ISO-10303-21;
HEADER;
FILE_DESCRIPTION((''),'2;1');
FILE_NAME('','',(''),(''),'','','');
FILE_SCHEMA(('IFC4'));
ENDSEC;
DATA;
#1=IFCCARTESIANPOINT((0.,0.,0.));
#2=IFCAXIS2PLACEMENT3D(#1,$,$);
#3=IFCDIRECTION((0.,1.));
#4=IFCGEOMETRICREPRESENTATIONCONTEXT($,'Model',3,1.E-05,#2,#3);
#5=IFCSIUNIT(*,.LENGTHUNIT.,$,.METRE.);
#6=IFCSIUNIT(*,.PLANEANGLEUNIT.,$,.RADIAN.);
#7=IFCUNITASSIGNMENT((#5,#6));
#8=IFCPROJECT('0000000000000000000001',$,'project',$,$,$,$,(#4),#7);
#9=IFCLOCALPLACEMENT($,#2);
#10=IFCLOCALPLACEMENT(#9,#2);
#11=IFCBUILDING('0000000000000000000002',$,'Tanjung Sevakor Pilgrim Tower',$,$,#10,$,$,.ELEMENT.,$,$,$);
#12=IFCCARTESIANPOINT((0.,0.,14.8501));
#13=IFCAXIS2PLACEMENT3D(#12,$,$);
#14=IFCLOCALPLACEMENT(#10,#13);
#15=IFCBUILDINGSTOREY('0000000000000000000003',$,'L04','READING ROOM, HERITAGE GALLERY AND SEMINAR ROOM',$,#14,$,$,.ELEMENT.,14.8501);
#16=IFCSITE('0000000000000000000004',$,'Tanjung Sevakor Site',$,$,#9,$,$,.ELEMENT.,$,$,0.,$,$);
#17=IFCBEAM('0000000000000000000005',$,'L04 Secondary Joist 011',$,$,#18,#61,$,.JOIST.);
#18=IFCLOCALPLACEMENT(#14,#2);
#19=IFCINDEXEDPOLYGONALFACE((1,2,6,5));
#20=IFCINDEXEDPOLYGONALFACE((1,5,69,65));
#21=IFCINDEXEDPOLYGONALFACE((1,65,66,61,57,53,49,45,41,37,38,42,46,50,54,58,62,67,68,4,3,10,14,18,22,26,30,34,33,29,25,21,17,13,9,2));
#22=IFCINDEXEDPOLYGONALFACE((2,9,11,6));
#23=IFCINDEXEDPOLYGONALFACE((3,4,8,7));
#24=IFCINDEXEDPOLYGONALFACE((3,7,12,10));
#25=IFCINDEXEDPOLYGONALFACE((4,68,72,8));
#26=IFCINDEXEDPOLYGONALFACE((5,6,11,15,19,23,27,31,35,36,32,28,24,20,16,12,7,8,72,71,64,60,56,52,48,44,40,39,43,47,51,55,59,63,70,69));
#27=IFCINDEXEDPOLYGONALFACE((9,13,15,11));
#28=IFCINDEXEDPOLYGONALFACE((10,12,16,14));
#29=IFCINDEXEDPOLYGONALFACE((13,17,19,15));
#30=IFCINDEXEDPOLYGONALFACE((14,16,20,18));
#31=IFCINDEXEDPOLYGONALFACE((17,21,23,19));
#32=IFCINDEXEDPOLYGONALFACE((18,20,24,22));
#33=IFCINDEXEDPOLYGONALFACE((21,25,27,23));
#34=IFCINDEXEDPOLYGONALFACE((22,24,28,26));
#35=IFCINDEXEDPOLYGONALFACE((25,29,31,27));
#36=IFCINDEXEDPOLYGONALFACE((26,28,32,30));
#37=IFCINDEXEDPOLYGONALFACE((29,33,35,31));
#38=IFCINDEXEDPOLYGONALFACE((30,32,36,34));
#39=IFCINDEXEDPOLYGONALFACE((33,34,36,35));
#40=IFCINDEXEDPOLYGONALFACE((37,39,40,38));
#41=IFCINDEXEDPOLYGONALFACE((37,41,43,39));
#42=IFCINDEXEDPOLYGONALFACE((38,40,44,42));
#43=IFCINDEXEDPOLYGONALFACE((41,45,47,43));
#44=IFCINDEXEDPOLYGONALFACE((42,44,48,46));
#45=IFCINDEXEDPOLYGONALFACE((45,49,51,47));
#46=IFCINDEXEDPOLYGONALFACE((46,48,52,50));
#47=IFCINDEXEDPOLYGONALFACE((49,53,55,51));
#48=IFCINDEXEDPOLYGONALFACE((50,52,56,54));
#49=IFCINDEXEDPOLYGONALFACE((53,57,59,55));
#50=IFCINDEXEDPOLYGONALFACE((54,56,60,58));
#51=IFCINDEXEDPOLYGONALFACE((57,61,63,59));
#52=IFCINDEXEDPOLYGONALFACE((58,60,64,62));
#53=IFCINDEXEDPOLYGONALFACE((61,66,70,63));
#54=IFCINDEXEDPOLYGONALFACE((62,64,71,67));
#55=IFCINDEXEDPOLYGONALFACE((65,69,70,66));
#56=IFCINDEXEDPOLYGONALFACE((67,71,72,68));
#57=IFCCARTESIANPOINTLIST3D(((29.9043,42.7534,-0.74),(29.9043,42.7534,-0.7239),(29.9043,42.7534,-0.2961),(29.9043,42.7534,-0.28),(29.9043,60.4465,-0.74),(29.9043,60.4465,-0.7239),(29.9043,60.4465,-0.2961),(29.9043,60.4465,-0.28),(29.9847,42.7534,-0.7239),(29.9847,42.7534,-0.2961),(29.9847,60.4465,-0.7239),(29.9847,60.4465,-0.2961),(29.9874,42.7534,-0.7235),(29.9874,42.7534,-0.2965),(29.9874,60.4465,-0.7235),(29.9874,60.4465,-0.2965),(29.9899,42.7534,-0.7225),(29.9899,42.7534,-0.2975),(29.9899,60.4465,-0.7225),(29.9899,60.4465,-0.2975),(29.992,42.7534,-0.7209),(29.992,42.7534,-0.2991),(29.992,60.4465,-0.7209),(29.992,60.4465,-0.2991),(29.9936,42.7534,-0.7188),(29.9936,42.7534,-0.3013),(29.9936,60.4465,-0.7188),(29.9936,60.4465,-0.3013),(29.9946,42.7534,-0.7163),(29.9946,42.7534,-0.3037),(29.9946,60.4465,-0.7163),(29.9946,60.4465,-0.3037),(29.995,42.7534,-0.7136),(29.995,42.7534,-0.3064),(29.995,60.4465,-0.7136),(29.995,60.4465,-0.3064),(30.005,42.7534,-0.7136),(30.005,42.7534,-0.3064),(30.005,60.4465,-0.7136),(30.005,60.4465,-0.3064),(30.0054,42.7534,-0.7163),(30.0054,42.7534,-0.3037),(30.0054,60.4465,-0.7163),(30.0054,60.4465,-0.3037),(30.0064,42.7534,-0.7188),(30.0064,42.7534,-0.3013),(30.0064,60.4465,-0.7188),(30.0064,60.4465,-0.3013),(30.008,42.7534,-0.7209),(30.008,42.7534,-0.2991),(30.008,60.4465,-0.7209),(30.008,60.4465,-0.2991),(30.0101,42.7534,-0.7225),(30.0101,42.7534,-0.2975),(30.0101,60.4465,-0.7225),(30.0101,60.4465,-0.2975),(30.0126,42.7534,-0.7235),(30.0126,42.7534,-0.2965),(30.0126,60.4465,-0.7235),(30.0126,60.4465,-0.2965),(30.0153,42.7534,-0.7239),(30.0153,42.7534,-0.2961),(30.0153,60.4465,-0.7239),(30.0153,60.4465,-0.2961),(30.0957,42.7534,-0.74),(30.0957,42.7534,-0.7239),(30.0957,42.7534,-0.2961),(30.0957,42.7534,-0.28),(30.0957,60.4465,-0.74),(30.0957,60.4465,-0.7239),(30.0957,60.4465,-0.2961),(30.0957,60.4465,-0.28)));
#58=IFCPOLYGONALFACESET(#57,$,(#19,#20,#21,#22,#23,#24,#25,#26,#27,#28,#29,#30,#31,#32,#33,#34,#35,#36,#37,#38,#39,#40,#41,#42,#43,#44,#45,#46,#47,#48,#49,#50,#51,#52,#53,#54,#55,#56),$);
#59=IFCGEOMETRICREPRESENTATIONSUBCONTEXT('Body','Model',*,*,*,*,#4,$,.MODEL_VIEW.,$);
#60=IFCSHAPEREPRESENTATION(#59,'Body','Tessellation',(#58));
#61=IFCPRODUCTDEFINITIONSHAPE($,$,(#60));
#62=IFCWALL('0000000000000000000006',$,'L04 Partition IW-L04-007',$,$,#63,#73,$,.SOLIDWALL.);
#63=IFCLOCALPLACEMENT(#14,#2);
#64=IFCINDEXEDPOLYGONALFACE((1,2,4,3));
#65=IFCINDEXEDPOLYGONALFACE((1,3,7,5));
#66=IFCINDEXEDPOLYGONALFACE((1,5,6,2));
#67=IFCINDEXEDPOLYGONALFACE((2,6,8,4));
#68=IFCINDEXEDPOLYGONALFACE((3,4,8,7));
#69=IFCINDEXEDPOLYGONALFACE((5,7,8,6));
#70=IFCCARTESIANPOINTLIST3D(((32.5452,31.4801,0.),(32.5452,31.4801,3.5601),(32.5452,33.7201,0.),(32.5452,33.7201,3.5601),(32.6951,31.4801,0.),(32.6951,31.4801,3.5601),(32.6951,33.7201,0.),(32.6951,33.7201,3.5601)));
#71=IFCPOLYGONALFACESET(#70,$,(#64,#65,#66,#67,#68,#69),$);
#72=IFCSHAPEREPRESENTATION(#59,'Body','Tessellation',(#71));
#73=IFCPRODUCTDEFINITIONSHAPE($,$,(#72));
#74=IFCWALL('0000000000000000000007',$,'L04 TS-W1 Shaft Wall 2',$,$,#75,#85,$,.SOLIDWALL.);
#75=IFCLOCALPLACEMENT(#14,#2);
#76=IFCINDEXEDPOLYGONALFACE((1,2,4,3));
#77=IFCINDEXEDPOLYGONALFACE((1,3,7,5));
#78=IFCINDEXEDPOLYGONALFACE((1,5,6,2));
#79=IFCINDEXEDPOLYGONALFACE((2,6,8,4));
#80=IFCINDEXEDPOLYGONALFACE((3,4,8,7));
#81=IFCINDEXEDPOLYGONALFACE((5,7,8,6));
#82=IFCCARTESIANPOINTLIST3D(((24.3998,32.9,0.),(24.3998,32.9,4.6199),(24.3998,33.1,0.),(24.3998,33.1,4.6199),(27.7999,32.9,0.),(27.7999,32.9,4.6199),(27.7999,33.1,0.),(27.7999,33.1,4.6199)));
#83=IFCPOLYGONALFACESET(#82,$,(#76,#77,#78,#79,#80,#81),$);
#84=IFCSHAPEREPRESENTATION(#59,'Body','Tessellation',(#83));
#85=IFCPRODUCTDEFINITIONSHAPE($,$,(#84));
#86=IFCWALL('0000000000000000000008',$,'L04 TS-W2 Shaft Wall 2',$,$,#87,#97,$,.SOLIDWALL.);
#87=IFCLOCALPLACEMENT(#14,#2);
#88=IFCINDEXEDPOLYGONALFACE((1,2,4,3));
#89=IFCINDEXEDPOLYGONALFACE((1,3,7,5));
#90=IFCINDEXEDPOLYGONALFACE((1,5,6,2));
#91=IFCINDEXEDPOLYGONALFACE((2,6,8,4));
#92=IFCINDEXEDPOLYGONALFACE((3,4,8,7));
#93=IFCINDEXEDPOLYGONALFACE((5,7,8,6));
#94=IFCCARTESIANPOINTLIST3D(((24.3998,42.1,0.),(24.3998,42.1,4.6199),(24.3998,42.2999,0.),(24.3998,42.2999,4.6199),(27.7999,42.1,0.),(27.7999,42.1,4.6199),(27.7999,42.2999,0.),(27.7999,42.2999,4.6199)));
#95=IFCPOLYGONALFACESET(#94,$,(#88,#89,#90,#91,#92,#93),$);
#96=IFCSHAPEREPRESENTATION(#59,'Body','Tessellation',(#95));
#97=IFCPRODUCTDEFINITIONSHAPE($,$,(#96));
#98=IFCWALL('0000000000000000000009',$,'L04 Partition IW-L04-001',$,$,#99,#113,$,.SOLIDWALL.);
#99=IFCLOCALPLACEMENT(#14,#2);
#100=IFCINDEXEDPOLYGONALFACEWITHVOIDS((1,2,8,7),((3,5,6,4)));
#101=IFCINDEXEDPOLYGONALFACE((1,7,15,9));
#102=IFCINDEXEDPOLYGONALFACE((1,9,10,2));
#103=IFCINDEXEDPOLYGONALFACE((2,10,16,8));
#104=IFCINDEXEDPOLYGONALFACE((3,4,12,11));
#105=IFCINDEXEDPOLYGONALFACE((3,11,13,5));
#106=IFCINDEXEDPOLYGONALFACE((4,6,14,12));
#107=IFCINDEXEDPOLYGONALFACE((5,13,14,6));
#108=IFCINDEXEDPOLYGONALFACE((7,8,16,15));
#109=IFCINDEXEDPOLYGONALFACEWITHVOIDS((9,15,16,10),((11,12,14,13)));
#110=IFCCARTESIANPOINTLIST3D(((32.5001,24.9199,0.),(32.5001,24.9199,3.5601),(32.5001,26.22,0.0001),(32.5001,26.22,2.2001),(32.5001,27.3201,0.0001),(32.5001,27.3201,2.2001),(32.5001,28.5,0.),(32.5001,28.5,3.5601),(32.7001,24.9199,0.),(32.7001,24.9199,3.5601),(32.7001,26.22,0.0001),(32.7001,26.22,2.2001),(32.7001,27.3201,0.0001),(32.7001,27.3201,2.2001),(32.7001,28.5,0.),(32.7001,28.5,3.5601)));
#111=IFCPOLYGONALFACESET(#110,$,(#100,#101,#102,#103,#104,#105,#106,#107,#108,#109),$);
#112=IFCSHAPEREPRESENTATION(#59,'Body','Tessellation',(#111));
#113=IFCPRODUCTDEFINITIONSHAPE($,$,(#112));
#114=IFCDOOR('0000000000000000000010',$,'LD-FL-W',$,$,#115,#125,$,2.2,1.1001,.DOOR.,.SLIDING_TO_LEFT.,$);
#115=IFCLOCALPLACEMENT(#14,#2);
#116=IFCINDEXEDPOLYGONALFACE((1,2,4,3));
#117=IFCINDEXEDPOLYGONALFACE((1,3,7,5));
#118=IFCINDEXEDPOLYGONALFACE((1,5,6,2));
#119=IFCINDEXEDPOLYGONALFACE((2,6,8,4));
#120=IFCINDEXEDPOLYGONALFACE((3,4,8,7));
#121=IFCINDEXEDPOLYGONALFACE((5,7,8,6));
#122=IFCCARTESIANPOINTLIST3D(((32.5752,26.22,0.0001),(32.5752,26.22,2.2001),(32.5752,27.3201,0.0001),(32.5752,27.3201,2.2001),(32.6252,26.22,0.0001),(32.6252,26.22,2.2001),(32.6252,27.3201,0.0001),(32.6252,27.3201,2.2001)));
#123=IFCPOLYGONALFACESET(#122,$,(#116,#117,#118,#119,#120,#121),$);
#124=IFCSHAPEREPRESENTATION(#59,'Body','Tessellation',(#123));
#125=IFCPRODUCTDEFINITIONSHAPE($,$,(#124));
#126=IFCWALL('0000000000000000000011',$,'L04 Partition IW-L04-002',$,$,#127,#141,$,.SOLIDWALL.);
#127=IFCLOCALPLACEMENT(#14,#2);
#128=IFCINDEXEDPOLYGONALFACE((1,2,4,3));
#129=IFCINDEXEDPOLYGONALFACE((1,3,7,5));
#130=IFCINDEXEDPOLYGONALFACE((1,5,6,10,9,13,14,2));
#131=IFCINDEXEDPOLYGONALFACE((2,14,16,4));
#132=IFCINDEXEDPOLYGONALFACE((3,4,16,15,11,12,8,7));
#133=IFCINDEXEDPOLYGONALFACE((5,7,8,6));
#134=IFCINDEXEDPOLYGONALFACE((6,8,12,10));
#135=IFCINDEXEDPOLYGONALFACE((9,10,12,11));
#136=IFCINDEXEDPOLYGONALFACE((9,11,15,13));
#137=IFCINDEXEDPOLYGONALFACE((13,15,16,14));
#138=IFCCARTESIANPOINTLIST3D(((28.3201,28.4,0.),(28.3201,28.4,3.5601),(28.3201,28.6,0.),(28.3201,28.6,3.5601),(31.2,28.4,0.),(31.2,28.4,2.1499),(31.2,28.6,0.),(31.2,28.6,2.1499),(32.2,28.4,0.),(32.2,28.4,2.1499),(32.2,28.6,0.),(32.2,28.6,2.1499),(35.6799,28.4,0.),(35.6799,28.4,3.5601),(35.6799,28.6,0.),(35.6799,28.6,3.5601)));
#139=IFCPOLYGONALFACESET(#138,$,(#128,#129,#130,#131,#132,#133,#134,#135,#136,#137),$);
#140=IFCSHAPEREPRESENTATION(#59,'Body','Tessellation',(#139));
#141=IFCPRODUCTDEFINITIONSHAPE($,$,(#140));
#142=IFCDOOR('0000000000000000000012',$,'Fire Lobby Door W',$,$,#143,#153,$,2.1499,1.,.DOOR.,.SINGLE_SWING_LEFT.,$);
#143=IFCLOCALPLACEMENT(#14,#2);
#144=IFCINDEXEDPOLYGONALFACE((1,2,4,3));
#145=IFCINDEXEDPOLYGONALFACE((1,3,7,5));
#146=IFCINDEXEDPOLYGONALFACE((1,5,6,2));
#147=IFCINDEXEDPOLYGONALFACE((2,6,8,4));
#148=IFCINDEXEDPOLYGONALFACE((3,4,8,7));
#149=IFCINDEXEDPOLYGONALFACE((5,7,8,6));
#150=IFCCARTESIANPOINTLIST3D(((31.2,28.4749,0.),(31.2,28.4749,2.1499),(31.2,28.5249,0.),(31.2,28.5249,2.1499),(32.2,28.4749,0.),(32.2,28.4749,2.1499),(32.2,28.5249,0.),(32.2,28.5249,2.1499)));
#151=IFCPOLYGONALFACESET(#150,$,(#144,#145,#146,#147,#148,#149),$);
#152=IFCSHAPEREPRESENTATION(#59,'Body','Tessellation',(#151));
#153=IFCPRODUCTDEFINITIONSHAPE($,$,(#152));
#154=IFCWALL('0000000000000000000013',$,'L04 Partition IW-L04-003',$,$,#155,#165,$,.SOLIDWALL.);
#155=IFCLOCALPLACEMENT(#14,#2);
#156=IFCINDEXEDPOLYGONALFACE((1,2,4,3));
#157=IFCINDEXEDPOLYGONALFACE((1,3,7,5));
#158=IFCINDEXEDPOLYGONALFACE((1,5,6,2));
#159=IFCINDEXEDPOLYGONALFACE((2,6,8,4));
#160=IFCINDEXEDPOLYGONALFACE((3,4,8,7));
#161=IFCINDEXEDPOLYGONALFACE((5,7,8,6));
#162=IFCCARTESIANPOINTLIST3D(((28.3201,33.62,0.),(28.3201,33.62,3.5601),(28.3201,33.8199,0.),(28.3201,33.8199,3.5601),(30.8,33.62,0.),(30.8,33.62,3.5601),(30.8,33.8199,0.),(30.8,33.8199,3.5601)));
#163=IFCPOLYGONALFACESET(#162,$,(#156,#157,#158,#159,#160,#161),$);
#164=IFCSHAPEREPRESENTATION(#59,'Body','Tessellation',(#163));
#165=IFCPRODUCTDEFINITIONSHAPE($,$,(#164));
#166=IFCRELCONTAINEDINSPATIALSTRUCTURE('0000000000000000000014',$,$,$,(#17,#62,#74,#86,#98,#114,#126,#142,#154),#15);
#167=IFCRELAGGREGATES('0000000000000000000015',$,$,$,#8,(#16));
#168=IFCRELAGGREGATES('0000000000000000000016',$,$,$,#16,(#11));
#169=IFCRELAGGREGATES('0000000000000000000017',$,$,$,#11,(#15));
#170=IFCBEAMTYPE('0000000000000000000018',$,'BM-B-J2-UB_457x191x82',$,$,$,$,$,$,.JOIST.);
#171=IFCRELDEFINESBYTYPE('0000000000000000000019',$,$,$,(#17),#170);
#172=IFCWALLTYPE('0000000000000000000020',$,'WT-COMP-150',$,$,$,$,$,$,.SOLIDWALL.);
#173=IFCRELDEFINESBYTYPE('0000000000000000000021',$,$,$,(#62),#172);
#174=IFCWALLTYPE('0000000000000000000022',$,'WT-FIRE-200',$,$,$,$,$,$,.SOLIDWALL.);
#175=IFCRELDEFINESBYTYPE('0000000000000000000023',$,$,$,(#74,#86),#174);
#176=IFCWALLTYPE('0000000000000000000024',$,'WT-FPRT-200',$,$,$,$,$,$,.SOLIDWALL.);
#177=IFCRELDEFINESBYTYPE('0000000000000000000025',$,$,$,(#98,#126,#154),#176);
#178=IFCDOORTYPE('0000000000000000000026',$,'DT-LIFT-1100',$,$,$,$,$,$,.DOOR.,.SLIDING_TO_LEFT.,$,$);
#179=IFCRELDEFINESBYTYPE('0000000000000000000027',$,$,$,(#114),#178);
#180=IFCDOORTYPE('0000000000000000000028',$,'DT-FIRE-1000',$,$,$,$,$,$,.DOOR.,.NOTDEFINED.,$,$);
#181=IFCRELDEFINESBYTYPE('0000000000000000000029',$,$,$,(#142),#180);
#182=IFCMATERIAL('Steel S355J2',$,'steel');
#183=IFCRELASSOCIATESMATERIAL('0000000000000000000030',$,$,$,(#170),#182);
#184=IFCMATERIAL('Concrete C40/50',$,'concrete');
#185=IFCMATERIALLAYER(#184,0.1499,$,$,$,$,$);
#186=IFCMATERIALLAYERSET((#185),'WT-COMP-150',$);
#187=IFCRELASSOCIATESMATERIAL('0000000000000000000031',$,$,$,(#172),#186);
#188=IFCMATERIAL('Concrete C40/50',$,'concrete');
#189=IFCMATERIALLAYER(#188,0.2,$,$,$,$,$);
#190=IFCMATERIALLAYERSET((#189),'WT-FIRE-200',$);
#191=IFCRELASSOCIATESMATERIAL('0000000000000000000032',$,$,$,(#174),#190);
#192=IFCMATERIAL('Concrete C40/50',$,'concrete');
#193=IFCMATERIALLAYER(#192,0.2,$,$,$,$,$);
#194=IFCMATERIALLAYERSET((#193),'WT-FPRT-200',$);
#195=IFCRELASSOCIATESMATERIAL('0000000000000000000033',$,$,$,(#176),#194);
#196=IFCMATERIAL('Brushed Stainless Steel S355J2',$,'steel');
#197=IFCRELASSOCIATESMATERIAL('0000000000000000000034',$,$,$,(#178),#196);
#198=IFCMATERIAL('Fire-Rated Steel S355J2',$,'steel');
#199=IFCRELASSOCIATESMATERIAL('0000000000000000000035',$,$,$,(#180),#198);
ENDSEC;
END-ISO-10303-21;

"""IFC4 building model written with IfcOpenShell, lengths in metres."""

from ifc_helpers import new_model, si_unit, direction, frame, frame_2d, origin, origin_2d, place, context, subcontext, project, spatial, rectangle, i_section, extrude, material, layer, layer_set, material_profile, profile_set, type_object, element, fill, save


model = new_model("IFC4")

# Units and contexts
model_context = context("Model", 3, precision=1e-05, world=origin(), true_north=direction((0.0, 1.0)))
body_context = subcontext(model_context, "Body", "Model", "MODEL_VIEW")
ifc_project = project(units=[si_unit("LENGTHUNIT", "METRE"), si_unit("PLANEANGLEUNIT", "RADIAN")], contexts=[model_context])

# Site, building, storey
site_placement = place(None, origin())
site = spatial("IfcSite", under=ifc_project, at=site_placement, Name="Tanjung Sevakor Site", CompositionType="ELEMENT", RefElevation=0.0)
building_placement = place(site_placement, origin())
building = spatial("IfcBuilding", under=site, at=building_placement, Name="Tanjung Sevakor Pilgrim Tower", CompositionType="ELEMENT")
storey_placement = place(building_placement, frame((0.0, 0.0, 14.8501)))
storey = spatial("IfcBuildingStorey", under=building, at=storey_placement, Name="L04", Description="READING ROOM, HERITAGE GALLERY AND SEMINAR ROOM", CompositionType="ELEMENT", Elevation=14.8501)

# Beam
ifc_material_1 = material(Name="Steel S355J2", Category="steel")
ifc_material_profile = material_profile(ifc_material_1, i_section(OverallWidth=0.1914, OverallDepth=0.46, WebThickness=0.01, FlangeThickness=0.0161, FilletRadius=0.0103, at=origin_2d()))
ifc_profile_set = profile_set([ifc_material_profile], Name="Steel S355J2")
beam_type = type_object("IfcBeamType", Name="BM-B-J2-UB_457x191x82", PredefinedType="JOIST", material=ifc_profile_set)
beam_placement = place(storey_placement, frame((30.0, 42.7534, -0.51), z_axis=(0.0, 1.0, 0.0), x_axis=(-1.0, 0.0, 0.0)))
element("IfcBeam", 1, at=beam_placement, inside=storey, type_object=beam_type, Name="L04 Secondary Joist 011", PredefinedType="JOIST", context=body_context, shape_type="SweptSolid", body=[
    extrude(i_section(OverallWidth=0.1914, OverallDepth=0.46, WebThickness=0.01, FlangeThickness=0.0161, FilletRadius=0.0103, at=origin_2d()), origin(), (0.0, 0.0, 1.0), 17.6931),
])

# Walls
ifc_material_2 = material(Name="Concrete C40/50", Category="concrete")
ifc_layer_1 = layer(ifc_material_2, 0.1499)
ifc_layer_set_1 = layer_set([ifc_layer_1], Name="WT-COMP-150")
wall_type_1 = type_object("IfcWallType", Name="WT-COMP-150", PredefinedType="SOLIDWALL", material=ifc_layer_set_1)
wall_1_placement = place(storey_placement, frame((32.6201, 31.48, 0.0), z_axis=(0.0, 0.0, 1.0), x_axis=(0.0, 1.0, 0.0)))
element("IfcWall", 2, at=wall_1_placement, inside=storey, type_object=wall_type_1, Name="L04 Partition IW-L04-007", PredefinedType="SOLIDWALL", context=body_context, shape_type="SweptSolid", body=[
    extrude(rectangle(XDim=2.24, YDim=0.1499, at=frame_2d((1.1201, 0.0))), origin(), (0.0, 0.0, 1.0), 3.5601),
])
ifc_material_3 = material(Name="Concrete C40/50", Category="concrete")
ifc_layer_2 = layer(ifc_material_3, 0.2)
ifc_layer_set_2 = layer_set([ifc_layer_2], Name="WT-FIRE-200")
wall_type_2 = type_object("IfcWallType", Name="WT-FIRE-200", PredefinedType="SOLIDWALL", material=ifc_layer_set_2)
for number, where, z_axis, x_axis, name in (
    (3, (27.8, 33.0, 0.0), (0.0, 0.0, 1.0), (-1.0, 0.0, 0.0), "L04 TS-W1 Shaft Wall 2"),
    (4, (27.8, 42.2, 0.0), (0.0, 0.0, 1.0), (-1.0, 0.0, 0.0), "L04 TS-W2 Shaft Wall 2"),
):
    element("IfcWall", number, at=place(storey_placement, frame(where, z_axis=z_axis, x_axis=x_axis)), inside=storey, type_object=wall_type_2, Name=name, PredefinedType="SOLIDWALL", context=body_context, shape_type="SweptSolid", body=[
        extrude(rectangle(XDim=3.4001, YDim=0.2, at=frame_2d((1.7002, 0.0))), origin(), (0.0, 0.0, 1.0), 4.6199),
    ])

# Walls, openings, doors
ifc_material_4 = material(Name="Concrete C40/50", Category="concrete")
ifc_layer_3 = layer(ifc_material_4, 0.2)
ifc_layer_set_3 = layer_set([ifc_layer_3], Name="WT-FPRT-200")
wall_type_3 = type_object("IfcWallType", Name="WT-FPRT-200", PredefinedType="SOLIDWALL", material=ifc_layer_set_3)
wall_2_placement = place(storey_placement, frame((32.6001, 24.9199, 0.0), z_axis=(0.0, 0.0, 1.0), x_axis=(0.0, 1.0, 0.0)))
wall_2 = element("IfcWall", 5, at=wall_2_placement, inside=storey, type_object=wall_type_3, Name="L04 Partition IW-L04-001", PredefinedType="SOLIDWALL", context=body_context, shape_type="SweptSolid", body=[
    extrude(rectangle(XDim=3.5801, YDim=0.2, at=frame_2d((1.79, 0.0))), origin(), (0.0, 0.0, 1.0), 3.5601),
])
opening_1_placement = place(wall_2_placement, frame((1.3, 0.0, 0.0)))
opening_1 = element("IfcOpeningElement", 6, at=opening_1_placement, cuts=wall_2, PredefinedType="OPENING", context=body_context, shape_type="SweptSolid", body=[
    extrude(rectangle(XDim=1.1001, YDim=2.2, at=frame_2d((0.55, 1.1001))), frame((0.0, 0.1099, 0.0), z_axis=(0.0, -1.0, 0.0), x_axis=(1.0, 0.0, 0.0)), (0.0, 0.0, 1.0), 0.22),
])
ifc_material_5 = material(Name="Brushed Stainless Steel S355J2", Category="steel")
door_type_1 = type_object("IfcDoorType", Name="DT-LIFT-1100", OperationType="SLIDING_TO_LEFT", PredefinedType="DOOR", material=ifc_material_5)
door_1_placement = place(opening_1_placement, origin())
door_1 = element("IfcDoor", 7, at=door_1_placement, inside=storey, type_object=door_type_1, Name="LD-FL-W", OperationType="SLIDING_TO_LEFT", OverallHeight=2.2, OverallWidth=1.1001, PredefinedType="DOOR", context=body_context, shape_type="SweptSolid", body=[
    extrude(rectangle(XDim=1.1001, YDim=2.2, at=frame_2d((0.55, 1.1001))), frame((0.0, 0.0249, 0.0), z_axis=(0.0, -1.0, 0.0), x_axis=(1.0, 0.0, 0.0)), (0.0, 0.0, 1.0), 0.05),
])
fill(opening_1, door_1)
wall_3_placement = place(storey_placement, frame((28.3201, 28.5, 0.0), z_axis=(0.0, 0.0, 1.0), x_axis=(1.0, 0.0, 0.0)))
wall_3 = element("IfcWall", 8, at=wall_3_placement, inside=storey, type_object=wall_type_3, Name="L04 Partition IW-L04-002", PredefinedType="SOLIDWALL", context=body_context, shape_type="SweptSolid", body=[
    extrude(rectangle(XDim=7.3599, YDim=0.2, at=frame_2d((3.6799, 0.0))), origin(), (0.0, 0.0, 1.0), 3.5601),
])
opening_2_placement = place(wall_3_placement, frame((2.8799, 0.0, 0.0)))
opening_2 = element("IfcOpeningElement", 9, at=opening_2_placement, cuts=wall_3, PredefinedType="OPENING", context=body_context, shape_type="SweptSolid", body=[
    extrude(rectangle(XDim=1.0, YDim=2.1499, at=frame_2d((0.5, 1.075))), frame((0.0, 0.1099, 0.0), z_axis=(0.0, -1.0, 0.0), x_axis=(1.0, 0.0, 0.0)), (0.0, 0.0, 1.0), 0.22),
])
ifc_material_6 = material(Name="Fire-Rated Steel S355J2", Category="steel")
door_type_2 = type_object("IfcDoorType", Name="DT-FIRE-1000", OperationType="NOTDEFINED", PredefinedType="DOOR", material=ifc_material_6)
door_2_placement = place(opening_2_placement, origin())
door_2 = element("IfcDoor", 10, at=door_2_placement, inside=storey, type_object=door_type_2, Name="Fire Lobby Door W", OperationType="SINGLE_SWING_LEFT", OverallHeight=2.1499, OverallWidth=1.0, PredefinedType="DOOR", context=body_context, shape_type="SweptSolid", body=[
    extrude(rectangle(XDim=1.0, YDim=2.1499, at=frame_2d((0.5, 1.075))), frame((0.0, 0.0249, 0.0), z_axis=(0.0, -1.0, 0.0), x_axis=(1.0, 0.0, 0.0)), (0.0, 0.0, 1.0), 0.05),
])
fill(opening_2, door_2)

# Wall
wall_4_placement = place(storey_placement, frame((28.3201, 33.72, 0.0), z_axis=(0.0, 0.0, 1.0), x_axis=(1.0, 0.0, 0.0)))
element("IfcWall", 11, at=wall_4_placement, inside=storey, type_object=wall_type_3, Name="L04 Partition IW-L04-003", PredefinedType="SOLIDWALL", context=body_context, shape_type="SweptSolid", body=[
    extrude(rectangle(XDim=2.48, YDim=0.2, at=frame_2d((1.24, 0.0))), origin(), (0.0, 0.0, 1.0), 3.5601),
])

save(model, "model.ifc")
